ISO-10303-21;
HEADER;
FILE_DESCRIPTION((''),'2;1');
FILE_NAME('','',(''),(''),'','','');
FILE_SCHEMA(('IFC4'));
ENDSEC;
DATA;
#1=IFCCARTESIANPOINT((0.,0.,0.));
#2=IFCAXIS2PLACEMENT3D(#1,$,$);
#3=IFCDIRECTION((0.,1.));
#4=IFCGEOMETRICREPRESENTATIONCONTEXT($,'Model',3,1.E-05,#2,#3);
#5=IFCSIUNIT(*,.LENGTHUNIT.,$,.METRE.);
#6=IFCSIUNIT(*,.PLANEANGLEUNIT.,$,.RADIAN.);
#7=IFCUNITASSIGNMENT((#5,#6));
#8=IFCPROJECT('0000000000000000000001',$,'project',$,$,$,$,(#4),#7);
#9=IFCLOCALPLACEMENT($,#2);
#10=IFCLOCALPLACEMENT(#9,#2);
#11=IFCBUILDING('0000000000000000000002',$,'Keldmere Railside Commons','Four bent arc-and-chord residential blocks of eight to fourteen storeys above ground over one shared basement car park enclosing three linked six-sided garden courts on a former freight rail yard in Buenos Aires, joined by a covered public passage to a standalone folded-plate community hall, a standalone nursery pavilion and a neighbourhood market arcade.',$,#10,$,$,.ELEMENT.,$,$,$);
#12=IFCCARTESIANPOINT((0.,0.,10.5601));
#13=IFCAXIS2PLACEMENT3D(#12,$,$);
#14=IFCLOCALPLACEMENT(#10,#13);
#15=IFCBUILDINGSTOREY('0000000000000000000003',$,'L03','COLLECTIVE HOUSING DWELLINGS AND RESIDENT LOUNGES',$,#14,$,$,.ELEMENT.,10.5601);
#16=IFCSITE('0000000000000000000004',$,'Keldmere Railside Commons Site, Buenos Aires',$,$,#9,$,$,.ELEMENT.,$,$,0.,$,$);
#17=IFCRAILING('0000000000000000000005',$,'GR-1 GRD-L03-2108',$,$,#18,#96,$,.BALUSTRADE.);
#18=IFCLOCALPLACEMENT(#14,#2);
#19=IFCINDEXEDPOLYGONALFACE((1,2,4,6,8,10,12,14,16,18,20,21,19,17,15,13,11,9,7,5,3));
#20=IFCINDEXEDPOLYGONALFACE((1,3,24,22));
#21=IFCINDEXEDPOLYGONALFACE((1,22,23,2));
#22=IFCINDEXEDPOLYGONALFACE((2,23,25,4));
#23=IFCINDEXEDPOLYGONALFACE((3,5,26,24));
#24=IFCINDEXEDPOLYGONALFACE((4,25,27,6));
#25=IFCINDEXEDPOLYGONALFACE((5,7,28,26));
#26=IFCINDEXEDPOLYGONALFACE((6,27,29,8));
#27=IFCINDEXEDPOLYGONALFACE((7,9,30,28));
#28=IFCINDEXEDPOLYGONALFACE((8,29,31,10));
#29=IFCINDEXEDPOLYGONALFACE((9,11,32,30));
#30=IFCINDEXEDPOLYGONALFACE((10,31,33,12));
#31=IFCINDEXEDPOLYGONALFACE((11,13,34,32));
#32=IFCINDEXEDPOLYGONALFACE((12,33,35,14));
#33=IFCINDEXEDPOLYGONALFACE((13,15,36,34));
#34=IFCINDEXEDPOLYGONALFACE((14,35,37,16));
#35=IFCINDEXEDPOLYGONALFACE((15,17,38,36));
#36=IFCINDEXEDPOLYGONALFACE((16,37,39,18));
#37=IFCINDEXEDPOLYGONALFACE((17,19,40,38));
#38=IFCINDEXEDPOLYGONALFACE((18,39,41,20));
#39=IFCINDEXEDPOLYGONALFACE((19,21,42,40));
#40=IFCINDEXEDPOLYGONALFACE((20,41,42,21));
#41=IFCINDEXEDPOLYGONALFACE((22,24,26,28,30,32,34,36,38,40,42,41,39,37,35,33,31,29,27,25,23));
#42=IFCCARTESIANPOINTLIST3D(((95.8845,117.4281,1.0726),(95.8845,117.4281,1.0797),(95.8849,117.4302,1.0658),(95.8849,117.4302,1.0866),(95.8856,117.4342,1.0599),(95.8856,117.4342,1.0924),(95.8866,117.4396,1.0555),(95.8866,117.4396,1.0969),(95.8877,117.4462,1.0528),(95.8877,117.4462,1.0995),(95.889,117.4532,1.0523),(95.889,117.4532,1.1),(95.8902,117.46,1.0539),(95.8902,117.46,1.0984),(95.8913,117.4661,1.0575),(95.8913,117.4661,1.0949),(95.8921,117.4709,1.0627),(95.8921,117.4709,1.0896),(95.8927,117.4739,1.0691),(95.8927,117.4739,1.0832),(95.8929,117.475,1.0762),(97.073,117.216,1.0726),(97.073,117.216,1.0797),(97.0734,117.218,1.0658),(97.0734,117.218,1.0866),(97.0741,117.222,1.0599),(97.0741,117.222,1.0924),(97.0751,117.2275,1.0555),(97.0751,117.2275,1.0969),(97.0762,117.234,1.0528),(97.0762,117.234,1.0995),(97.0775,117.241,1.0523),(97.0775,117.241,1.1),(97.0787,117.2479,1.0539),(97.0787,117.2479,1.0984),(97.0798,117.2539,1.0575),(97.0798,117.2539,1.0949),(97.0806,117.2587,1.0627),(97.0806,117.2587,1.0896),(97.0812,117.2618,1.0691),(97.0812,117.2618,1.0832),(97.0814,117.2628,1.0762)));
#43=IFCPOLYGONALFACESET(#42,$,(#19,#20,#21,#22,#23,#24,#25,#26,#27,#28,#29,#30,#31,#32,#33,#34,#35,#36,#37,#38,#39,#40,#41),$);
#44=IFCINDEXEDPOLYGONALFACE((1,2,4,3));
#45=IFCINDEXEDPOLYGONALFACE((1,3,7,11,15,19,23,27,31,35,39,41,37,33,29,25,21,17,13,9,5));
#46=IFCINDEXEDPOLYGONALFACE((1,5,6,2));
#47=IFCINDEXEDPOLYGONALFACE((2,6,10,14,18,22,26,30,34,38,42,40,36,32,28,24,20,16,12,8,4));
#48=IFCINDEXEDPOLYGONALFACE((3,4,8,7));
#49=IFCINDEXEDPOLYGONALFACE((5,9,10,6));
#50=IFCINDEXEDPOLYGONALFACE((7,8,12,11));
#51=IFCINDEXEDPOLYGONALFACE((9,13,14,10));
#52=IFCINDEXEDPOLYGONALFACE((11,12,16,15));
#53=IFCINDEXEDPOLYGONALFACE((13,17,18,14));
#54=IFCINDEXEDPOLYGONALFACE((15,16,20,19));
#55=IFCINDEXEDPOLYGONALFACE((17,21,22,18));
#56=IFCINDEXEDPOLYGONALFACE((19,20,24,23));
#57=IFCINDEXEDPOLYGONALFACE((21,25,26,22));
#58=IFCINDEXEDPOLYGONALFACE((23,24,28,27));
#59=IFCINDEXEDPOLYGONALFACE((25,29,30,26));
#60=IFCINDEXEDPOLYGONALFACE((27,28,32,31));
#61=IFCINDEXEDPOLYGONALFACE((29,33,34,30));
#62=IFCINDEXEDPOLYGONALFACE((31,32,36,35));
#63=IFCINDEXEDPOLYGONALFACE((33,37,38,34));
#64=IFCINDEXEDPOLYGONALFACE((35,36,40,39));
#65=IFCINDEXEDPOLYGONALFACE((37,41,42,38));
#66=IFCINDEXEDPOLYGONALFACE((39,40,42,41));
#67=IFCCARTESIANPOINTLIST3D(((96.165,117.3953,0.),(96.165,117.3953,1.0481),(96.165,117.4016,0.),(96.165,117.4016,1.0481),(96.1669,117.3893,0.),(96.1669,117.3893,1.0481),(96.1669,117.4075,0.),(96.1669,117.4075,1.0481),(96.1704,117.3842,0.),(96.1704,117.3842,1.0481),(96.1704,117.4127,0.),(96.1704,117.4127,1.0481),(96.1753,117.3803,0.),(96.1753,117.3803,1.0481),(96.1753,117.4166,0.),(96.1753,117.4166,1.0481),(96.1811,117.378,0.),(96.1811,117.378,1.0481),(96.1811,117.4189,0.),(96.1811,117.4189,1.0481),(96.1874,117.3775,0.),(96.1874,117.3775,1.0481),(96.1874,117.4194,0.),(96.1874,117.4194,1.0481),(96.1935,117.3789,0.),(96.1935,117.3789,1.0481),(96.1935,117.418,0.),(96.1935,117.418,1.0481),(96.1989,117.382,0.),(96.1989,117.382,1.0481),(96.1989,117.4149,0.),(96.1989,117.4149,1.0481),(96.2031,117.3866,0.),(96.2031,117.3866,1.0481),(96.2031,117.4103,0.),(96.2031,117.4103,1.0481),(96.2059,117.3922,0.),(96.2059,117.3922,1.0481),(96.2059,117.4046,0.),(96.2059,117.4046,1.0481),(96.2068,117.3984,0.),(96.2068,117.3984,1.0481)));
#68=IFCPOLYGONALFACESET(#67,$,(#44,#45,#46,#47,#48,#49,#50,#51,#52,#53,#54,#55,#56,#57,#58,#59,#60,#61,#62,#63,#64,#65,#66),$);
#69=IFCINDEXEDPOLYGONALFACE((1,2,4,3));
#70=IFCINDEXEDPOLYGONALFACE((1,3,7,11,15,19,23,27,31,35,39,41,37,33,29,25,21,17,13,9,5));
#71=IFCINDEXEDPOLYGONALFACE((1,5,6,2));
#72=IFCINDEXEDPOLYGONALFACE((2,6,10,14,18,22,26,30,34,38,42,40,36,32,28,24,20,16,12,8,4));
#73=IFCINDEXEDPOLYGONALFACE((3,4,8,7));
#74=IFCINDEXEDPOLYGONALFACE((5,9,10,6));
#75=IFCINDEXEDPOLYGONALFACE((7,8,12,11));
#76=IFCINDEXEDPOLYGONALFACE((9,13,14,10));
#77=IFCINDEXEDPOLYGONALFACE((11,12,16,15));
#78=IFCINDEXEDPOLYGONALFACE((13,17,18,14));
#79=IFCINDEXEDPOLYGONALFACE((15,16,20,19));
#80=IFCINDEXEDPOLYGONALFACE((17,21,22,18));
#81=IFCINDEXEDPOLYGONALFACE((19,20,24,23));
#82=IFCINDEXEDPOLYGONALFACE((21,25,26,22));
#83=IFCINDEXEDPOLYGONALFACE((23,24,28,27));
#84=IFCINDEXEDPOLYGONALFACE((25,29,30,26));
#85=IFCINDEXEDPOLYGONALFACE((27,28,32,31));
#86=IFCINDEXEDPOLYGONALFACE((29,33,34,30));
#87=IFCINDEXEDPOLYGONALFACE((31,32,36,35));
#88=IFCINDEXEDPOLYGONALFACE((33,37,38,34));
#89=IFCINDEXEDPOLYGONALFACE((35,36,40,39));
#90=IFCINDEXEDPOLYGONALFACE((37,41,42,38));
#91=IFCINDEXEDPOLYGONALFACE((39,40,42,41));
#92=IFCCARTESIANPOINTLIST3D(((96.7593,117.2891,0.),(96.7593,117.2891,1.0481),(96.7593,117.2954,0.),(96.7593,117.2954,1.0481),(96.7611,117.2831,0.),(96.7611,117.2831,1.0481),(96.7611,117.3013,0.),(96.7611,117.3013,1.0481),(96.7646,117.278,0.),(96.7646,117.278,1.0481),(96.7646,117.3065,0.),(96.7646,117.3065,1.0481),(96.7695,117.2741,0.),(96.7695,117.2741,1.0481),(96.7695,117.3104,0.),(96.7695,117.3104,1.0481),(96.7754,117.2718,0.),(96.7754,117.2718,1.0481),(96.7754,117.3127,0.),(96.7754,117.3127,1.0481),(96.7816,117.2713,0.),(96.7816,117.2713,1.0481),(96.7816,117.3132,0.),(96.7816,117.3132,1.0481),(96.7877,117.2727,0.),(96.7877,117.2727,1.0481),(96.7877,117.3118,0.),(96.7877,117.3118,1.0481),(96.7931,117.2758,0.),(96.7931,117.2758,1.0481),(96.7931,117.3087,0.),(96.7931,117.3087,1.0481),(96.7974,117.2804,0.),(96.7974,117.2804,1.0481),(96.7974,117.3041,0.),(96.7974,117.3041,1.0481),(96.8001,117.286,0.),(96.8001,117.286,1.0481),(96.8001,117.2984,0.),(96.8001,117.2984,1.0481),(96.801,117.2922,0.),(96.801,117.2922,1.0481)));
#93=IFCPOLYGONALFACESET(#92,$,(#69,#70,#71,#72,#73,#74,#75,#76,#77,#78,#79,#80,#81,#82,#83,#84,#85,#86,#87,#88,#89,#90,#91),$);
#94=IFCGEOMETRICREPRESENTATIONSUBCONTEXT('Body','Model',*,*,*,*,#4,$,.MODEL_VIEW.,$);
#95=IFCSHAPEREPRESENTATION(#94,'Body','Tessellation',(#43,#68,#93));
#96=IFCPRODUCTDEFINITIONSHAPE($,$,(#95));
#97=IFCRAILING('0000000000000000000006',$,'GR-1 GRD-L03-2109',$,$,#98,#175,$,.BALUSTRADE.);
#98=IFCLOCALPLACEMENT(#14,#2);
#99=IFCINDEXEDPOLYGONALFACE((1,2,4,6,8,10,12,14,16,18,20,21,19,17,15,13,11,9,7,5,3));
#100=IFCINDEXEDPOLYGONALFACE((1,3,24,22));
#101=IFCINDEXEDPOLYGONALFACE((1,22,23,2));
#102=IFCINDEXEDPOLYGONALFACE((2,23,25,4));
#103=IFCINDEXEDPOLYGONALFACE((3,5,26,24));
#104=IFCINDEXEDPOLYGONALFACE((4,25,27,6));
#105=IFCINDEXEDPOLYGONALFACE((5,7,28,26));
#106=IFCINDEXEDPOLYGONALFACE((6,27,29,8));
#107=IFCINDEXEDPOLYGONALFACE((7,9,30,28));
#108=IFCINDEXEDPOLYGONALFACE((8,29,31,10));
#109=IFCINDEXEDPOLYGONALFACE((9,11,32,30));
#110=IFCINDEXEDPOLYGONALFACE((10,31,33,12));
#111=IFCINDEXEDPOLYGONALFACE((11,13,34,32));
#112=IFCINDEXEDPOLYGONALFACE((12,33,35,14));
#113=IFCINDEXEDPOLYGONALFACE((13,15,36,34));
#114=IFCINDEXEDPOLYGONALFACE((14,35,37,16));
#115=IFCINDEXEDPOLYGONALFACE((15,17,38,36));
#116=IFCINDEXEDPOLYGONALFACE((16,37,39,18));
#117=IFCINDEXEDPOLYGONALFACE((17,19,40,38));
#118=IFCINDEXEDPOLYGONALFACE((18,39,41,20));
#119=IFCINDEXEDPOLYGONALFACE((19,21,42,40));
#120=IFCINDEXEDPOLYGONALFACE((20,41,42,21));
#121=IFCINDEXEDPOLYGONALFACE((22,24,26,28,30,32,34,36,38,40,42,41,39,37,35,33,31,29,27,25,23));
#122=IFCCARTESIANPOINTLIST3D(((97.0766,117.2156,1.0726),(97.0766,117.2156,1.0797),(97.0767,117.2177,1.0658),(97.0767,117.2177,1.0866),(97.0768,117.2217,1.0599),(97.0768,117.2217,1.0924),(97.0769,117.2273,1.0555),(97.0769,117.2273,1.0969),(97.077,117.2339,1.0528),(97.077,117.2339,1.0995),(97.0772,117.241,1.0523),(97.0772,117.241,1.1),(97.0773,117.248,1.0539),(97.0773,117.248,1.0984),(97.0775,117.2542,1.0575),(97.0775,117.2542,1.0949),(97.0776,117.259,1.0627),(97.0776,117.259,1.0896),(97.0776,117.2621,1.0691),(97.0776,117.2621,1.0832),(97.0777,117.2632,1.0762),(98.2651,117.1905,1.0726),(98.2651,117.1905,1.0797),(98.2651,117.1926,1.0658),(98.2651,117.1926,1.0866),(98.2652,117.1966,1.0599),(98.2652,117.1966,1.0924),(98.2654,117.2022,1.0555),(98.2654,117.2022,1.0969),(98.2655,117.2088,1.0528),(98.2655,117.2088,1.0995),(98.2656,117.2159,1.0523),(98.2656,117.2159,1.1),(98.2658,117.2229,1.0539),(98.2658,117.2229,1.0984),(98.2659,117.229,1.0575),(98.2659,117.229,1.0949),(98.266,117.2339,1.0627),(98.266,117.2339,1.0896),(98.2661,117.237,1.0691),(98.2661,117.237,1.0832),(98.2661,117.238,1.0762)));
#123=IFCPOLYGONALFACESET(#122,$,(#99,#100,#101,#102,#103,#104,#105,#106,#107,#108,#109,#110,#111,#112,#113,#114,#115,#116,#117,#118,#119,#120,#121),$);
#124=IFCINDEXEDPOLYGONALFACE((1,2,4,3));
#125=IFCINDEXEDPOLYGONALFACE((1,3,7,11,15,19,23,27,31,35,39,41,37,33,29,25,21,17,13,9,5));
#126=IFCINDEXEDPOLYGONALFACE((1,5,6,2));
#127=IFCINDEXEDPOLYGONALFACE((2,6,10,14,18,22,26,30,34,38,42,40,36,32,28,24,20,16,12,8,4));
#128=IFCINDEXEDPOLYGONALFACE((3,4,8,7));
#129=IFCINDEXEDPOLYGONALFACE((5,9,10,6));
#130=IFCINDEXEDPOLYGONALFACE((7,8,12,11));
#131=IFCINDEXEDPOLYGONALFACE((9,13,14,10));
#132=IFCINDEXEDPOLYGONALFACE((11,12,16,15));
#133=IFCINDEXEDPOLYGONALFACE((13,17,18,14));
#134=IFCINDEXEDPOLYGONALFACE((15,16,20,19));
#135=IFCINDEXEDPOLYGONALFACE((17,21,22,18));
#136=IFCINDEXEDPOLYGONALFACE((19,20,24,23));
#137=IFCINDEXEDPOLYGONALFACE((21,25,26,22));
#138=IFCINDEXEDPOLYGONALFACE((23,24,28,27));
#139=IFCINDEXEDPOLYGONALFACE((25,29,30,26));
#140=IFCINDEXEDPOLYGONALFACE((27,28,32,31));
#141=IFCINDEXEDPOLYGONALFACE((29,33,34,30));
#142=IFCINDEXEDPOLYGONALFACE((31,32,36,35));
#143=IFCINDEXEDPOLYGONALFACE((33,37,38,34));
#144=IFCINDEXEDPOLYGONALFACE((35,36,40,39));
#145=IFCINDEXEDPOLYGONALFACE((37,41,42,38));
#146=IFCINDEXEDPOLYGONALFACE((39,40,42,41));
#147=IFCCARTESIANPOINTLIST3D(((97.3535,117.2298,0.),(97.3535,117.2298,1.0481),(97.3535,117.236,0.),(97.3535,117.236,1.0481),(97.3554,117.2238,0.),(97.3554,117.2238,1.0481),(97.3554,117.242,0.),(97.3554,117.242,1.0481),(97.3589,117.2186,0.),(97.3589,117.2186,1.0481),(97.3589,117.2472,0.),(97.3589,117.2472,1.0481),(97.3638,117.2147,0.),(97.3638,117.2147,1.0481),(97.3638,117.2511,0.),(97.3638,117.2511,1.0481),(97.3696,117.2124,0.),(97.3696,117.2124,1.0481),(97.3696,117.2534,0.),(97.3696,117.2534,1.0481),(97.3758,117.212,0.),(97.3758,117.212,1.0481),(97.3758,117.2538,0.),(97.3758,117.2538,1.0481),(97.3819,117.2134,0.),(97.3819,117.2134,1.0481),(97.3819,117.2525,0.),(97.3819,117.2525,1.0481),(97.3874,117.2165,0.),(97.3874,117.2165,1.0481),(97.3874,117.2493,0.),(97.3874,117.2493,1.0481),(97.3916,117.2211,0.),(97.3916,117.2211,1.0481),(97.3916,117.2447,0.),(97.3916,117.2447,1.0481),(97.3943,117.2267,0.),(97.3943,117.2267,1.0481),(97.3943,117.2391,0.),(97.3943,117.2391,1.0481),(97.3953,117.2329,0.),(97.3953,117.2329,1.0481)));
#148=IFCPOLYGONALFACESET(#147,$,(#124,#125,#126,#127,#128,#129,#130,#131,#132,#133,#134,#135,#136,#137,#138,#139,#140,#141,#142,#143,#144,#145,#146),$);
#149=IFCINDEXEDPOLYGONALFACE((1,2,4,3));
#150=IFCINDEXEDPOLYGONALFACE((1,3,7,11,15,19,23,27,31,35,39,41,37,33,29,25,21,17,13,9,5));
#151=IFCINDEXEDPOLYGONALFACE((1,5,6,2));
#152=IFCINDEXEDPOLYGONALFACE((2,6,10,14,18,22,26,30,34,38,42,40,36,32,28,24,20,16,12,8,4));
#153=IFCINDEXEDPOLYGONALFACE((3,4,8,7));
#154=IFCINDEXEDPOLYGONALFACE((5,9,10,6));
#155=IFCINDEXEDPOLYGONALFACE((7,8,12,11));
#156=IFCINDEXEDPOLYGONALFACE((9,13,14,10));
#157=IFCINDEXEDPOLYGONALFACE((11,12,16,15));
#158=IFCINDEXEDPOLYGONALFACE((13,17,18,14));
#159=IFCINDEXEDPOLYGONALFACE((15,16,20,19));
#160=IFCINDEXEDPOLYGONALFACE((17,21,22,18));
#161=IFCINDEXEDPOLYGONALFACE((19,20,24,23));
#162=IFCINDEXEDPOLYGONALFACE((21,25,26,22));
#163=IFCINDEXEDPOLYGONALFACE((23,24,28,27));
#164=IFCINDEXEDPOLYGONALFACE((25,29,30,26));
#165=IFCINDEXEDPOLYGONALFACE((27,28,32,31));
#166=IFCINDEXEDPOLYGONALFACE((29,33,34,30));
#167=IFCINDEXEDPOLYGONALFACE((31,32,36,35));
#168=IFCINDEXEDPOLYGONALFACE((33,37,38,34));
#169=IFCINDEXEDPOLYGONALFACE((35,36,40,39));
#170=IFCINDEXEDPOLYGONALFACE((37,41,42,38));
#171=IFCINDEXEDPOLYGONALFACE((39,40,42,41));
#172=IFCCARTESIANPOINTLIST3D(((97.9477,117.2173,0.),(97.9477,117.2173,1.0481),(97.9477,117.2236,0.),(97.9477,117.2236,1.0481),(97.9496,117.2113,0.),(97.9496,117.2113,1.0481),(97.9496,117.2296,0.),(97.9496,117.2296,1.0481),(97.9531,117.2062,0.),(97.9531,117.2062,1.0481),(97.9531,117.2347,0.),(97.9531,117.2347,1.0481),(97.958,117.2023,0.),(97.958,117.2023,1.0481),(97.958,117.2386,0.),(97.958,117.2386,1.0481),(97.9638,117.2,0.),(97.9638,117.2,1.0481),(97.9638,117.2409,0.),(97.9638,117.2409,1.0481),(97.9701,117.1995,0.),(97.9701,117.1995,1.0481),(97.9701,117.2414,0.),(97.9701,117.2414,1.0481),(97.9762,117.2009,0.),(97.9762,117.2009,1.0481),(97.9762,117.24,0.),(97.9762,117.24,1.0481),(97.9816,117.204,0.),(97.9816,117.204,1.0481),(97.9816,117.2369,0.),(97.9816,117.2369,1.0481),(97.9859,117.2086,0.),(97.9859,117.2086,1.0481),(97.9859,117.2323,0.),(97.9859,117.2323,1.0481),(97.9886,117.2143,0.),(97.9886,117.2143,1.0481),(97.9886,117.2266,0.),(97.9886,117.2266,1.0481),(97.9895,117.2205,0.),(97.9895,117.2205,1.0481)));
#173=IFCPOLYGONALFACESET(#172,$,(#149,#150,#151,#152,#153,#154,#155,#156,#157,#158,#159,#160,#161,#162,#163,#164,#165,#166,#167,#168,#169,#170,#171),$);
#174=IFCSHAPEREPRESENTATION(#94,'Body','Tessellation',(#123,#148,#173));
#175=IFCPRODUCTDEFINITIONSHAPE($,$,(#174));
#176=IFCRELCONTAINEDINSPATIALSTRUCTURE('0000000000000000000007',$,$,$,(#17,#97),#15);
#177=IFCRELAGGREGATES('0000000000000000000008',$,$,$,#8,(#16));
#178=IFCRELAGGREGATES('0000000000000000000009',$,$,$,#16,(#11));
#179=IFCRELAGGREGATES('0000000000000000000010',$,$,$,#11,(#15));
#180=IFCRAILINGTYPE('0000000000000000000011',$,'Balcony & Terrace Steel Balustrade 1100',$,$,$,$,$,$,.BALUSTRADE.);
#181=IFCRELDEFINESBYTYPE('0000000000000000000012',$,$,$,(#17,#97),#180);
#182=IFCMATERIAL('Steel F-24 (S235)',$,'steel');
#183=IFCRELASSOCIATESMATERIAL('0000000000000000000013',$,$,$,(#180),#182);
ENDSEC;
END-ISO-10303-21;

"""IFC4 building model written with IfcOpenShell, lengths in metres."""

from ifc_helpers import new_model, si_unit, direction, frame, origin, origin_2d, place, context, subcontext, project, spatial, circle, extrude, material, type_object, element, save


model = new_model("IFC4")

# Units and contexts
model_context = context("Model", 3, precision=1e-05, world=origin(), true_north=direction((0.0, 1.0)))
body_context = subcontext(model_context, "Body", "Model", "MODEL_VIEW")
ifc_project = project(units=[si_unit("LENGTHUNIT", "METRE"), si_unit("PLANEANGLEUNIT", "RADIAN")], contexts=[model_context])

# Site, building, storey
site_placement = place(None, origin())
site = spatial("IfcSite", under=ifc_project, at=site_placement, Name="Keldmere Railside Commons Site, Buenos Aires", CompositionType="ELEMENT", RefElevation=0.0)
building_placement = place(site_placement, origin())
building = spatial("IfcBuilding", under=site, at=building_placement, Name="Keldmere Railside Commons", Description="Four bent arc-and-chord residential blocks of eight to fourteen storeys above ground over one shared basement car park enclosing three linked six-sided garden courts on a former freight rail yard in Buenos Aires, joined by a covered public passage to a standalone folded-plate community hall, a standalone nursery pavilion and a neighbourhood market arcade.", CompositionType="ELEMENT")
storey_placement = place(building_placement, frame((0.0, 0.0, 10.5601)))
storey = spatial("IfcBuildingStorey", under=building, at=storey_placement, Name="L03", Description="COLLECTIVE HOUSING DWELLINGS AND RESIDENT LOUNGES", CompositionType="ELEMENT", Elevation=10.5601)

# Railings
ifc_material_1 = material(Name="Steel F-24 (S235)", Category="steel")
railing_type = type_object("IfcRailingType", Name="Balcony & Terrace Steel Balustrade 1100", PredefinedType="BALUSTRADE", material=ifc_material_1)
railing_1_placement = place(storey_placement, frame((95.8887, 117.4514, 0.0)))
element("IfcRailing", 1, at=railing_1_placement, inside=storey, type_object=railing_type, Name="GR-1 GRD-L03-2108", PredefinedType="BALUSTRADE", context=body_context, shape_type="SweptSolid", body=[
    extrude(circle(Radius=0.0239, at=origin_2d()), frame((0.0, 0.0, 1.0762), z_axis=(0.984438, -0.175735, 0.0), x_axis=(0.175735, 0.984438, 0.0)), (0.0, 0.0, 1.0), 1.2073),
    extrude(circle(Radius=0.021, at=origin_2d()), frame((0.2971, -0.053, 0.0)), (0.0, 0.0, 1.0), 1.0481),
    extrude(circle(Radius=0.021, at=origin_2d()), frame((0.8914, -0.1592, 0.0)), (0.0, 0.0, 1.0), 1.0481),
])
railing_2_placement = place(storey_placement, frame((97.0771, 117.2393, 0.0)))
element("IfcRailing", 2, at=railing_2_placement, inside=storey, type_object=railing_type, Name="GR-1 GRD-L03-2109", PredefinedType="BALUSTRADE", context=body_context, shape_type="SweptSolid", body=[
    extrude(circle(Radius=0.0239, at=origin_2d()), frame((0.0, 0.0, 1.0762), z_axis=(0.999776, -0.021154, 0.0), x_axis=(0.021154, 0.999776, 0.0)), (0.0, 0.0, 1.0), 1.1887),
    extrude(circle(Radius=0.021, at=origin_2d()), frame((0.2971, -0.0063, 0.0)), (0.0, 0.0, 1.0), 1.0481),
    extrude(circle(Radius=0.021, at=origin_2d()), frame((0.8914, -0.0188, 0.0)), (0.0, 0.0, 1.0), 1.0481),
])

save(model, "model.ifc")
